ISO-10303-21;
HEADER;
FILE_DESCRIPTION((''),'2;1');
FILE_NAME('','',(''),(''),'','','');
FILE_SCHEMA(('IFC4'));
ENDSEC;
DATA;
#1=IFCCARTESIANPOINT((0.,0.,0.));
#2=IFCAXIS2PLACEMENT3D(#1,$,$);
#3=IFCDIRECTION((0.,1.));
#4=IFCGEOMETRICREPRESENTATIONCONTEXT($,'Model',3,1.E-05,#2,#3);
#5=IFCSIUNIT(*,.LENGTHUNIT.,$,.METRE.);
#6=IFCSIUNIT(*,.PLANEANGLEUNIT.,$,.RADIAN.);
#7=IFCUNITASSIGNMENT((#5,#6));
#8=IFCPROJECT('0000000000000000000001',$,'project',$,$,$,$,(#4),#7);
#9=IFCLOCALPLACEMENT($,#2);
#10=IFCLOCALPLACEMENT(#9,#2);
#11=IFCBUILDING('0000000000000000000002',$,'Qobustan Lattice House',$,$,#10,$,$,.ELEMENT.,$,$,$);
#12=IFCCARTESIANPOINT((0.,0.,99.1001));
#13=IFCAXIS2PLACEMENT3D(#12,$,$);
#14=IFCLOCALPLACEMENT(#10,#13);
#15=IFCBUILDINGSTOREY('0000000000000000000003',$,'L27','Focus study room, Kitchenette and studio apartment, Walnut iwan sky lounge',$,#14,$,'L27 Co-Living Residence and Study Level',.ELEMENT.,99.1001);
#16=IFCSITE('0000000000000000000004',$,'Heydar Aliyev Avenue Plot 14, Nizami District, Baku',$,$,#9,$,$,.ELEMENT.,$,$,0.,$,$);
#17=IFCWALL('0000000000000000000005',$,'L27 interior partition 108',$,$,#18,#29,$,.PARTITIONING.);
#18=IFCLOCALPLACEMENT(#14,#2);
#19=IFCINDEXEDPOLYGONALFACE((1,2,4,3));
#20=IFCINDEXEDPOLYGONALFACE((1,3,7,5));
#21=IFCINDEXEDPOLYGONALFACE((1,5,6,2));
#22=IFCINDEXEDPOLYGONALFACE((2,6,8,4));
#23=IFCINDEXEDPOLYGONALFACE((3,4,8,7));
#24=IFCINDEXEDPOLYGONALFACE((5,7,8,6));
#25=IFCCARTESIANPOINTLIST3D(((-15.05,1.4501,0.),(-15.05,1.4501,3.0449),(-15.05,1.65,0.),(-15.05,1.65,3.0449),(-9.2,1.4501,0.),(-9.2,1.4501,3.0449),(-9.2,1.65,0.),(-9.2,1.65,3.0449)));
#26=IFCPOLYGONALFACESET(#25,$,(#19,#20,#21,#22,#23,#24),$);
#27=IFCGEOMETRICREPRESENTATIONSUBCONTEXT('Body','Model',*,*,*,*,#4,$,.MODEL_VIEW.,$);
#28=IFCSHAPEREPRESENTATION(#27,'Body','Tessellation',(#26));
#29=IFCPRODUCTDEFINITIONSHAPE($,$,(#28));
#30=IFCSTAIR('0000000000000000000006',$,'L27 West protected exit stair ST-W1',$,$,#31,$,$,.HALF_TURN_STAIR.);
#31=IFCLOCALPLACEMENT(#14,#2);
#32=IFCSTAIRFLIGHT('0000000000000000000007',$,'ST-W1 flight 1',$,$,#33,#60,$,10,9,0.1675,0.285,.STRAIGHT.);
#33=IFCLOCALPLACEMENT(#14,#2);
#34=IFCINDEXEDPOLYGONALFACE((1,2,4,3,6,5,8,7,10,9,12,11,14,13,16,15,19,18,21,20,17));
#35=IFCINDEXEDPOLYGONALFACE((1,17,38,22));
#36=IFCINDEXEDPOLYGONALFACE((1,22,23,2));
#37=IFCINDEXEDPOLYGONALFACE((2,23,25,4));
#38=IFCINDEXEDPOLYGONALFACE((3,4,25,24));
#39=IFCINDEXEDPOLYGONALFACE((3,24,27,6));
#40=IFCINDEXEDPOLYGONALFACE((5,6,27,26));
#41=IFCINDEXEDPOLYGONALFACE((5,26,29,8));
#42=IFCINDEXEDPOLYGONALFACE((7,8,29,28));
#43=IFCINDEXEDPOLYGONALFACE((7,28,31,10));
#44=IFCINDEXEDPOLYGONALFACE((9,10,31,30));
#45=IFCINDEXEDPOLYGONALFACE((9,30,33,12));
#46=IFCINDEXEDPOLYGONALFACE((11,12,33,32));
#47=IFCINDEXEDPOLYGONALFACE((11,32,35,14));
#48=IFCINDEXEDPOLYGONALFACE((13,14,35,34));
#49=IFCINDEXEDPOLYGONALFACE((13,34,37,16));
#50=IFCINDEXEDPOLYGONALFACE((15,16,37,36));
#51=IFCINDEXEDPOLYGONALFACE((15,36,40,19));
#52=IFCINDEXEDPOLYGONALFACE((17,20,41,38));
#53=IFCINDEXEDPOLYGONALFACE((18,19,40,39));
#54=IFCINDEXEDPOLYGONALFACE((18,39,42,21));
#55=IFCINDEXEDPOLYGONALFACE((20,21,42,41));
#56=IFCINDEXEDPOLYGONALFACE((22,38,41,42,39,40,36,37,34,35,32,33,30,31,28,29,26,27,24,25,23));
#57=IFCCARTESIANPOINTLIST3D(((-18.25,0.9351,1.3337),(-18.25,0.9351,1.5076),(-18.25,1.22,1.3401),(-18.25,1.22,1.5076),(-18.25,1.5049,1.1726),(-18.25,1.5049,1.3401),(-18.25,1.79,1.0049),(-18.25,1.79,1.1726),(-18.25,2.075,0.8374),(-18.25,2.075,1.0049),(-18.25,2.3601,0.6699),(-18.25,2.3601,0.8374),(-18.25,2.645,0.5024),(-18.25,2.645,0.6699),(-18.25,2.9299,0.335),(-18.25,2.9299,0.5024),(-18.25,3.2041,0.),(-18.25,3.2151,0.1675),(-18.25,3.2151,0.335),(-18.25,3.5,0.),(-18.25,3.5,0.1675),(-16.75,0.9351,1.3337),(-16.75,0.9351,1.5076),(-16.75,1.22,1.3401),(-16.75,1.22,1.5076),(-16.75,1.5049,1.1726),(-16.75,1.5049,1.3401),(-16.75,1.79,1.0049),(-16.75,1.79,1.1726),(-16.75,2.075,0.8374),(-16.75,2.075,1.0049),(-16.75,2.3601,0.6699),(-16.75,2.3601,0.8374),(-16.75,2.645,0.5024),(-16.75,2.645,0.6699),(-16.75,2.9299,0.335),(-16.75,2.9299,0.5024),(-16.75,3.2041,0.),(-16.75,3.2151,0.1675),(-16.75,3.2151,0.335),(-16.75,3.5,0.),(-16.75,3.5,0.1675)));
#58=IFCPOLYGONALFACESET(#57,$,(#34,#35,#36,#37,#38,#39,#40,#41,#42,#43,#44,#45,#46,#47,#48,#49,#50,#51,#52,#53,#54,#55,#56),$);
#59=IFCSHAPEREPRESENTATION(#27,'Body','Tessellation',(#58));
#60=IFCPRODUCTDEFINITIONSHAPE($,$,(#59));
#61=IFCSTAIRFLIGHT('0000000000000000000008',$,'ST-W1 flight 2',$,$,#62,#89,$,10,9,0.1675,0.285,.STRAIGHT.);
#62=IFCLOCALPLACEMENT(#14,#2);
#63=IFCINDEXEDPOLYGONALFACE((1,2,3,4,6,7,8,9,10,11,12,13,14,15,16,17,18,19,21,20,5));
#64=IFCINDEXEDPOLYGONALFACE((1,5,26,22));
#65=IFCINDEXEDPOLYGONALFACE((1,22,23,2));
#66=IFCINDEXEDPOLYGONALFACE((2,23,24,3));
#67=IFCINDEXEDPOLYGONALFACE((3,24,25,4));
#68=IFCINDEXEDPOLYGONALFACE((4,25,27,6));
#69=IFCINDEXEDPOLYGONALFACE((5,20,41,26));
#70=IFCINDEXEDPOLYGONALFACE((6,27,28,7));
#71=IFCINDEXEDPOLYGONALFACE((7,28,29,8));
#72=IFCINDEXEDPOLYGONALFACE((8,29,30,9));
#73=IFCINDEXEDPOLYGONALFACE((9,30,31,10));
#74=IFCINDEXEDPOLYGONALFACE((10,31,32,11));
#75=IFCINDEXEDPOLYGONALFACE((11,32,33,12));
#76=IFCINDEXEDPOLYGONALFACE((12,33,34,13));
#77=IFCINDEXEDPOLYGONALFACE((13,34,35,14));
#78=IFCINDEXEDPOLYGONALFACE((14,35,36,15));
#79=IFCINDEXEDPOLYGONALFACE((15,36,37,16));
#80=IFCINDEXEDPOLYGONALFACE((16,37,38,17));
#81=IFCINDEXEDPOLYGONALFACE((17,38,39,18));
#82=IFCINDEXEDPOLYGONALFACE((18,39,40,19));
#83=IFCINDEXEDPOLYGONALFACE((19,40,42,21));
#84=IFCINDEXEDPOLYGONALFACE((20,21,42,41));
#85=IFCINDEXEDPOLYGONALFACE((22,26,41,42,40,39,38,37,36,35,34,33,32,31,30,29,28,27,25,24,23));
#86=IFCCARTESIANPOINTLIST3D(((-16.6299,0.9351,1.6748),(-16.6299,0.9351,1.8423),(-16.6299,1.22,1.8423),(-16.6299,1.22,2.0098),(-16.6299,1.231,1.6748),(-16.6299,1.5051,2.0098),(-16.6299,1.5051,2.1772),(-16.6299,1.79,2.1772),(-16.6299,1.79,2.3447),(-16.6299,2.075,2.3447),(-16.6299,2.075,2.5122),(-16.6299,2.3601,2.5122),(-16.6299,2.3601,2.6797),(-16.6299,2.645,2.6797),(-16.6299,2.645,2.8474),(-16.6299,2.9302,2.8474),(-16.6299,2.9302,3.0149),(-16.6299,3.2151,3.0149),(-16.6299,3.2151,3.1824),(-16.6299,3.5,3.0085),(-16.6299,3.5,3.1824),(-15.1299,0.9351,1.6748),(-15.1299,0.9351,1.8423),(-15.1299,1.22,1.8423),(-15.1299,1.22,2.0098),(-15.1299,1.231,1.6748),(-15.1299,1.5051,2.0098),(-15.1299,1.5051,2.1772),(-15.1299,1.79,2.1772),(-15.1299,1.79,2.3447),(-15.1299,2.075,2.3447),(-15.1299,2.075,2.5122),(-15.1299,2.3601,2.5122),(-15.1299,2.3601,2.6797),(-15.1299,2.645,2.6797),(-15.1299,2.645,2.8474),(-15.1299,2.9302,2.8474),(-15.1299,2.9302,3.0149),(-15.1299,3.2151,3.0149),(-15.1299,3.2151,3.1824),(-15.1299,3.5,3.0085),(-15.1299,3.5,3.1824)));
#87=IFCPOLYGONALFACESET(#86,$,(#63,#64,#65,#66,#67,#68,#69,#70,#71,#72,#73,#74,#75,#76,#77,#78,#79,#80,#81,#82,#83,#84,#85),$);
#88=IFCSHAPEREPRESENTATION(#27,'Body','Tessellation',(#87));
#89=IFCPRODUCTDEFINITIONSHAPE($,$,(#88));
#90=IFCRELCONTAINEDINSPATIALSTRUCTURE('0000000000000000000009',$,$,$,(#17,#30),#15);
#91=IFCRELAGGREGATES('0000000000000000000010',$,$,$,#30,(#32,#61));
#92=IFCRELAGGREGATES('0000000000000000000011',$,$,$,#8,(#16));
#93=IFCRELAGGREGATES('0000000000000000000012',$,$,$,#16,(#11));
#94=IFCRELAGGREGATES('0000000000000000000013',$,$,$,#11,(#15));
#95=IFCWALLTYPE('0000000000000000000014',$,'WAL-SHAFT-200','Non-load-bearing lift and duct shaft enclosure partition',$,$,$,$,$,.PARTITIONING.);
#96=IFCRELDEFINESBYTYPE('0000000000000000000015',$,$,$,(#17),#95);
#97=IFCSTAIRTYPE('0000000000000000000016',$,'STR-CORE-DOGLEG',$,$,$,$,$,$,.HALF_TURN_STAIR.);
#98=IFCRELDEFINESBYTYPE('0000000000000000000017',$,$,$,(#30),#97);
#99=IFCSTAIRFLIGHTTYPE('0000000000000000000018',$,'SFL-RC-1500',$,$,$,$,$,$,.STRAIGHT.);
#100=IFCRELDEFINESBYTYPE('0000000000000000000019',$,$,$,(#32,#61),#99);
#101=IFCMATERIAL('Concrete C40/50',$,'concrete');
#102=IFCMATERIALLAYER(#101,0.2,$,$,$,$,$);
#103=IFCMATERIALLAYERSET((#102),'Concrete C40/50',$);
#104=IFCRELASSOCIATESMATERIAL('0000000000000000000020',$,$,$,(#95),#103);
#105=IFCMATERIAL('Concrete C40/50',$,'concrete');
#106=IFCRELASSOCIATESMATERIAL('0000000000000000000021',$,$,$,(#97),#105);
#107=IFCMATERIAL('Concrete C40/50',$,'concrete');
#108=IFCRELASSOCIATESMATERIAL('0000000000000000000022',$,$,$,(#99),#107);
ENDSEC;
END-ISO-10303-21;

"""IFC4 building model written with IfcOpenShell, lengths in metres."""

from ifc_helpers import new_model, si_unit, direction, frame, frame_2d, origin, place, context, subcontext, project, spatial, polyline, rectangle, outline, extrude, material, layer, layer_set, type_object, element, aggregate, save


model = new_model("IFC4")

# Units and contexts
model_context = context("Model", 3, precision=1e-05, world=origin(), true_north=direction((0.0, 1.0)))
body_context = subcontext(model_context, "Body", "Model", "MODEL_VIEW")
ifc_project = project(units=[si_unit("LENGTHUNIT", "METRE"), si_unit("PLANEANGLEUNIT", "RADIAN")], contexts=[model_context])

# Site, building, storey
site_placement = place(None, origin())
site = spatial("IfcSite", under=ifc_project, at=site_placement, Name="Heydar Aliyev Avenue Plot 14, Nizami District, Baku", CompositionType="ELEMENT", RefElevation=0.0)
building_placement = place(site_placement, origin())
building = spatial("IfcBuilding", under=site, at=building_placement, Name="Qobustan Lattice House", CompositionType="ELEMENT")
storey_placement = place(building_placement, frame((0.0, 0.0, 99.1001)))
storey = spatial("IfcBuildingStorey", under=building, at=storey_placement, Name="L27", Description="Focus study room, Kitchenette and studio apartment, Walnut iwan sky lounge", LongName="L27 Co-Living Residence and Study Level", CompositionType="ELEMENT", Elevation=99.1001)

# Wall
ifc_material_1 = material(Name="Concrete C40/50", Category="concrete")
ifc_layer_1 = layer(ifc_material_1, 0.2)
ifc_layer_set_1 = layer_set([ifc_layer_1], Name="Concrete C40/50")
wall_type_1 = type_object("IfcWallType", Name="WAL-SHAFT-200", Description="Non-load-bearing lift and duct shaft enclosure partition", PredefinedType="PARTITIONING", material=ifc_layer_set_1)
wall_1_placement = place(storey_placement, frame((-15.05, 1.55, 0.0), z_axis=(0.0, 0.0, 1.0), x_axis=(1.0, 0.0, 0.0)))
element("IfcWall", 1, at=wall_1_placement, inside=storey, type_object=wall_type_1, Name="L27 interior partition 108", PredefinedType="PARTITIONING", context=body_context, shape_type="SweptSolid", body=[
    extrude(rectangle(XDim=5.8501, YDim=0.2, at=frame_2d((2.925, 0.0))), origin(), (0.0, 0.0, 1.0), 3.0449),
])

# Stair, stair flights
ifc_material_2 = material(Name="Concrete C40/50", Category="concrete")
stair_type = type_object("IfcStairType", Name="STR-CORE-DOGLEG", PredefinedType="HALF_TURN_STAIR", material=ifc_material_2)
stair_placement = place(storey_placement, origin())
stair = element("IfcStair", 2, at=stair_placement, inside=storey, type_object=stair_type, Name="L27 West protected exit stair ST-W1", PredefinedType="HALF_TURN_STAIR")
ifc_material_3 = material(Name="Concrete C40/50", Category="concrete")
stair_flight_type = type_object("IfcStairFlightType", Name="SFL-RC-1500", PredefinedType="STRAIGHT", material=ifc_material_3)
stair_flight_1_placement = place(storey_placement, frame((-17.5, 3.5, 0.0), z_axis=(0.0, 0.0, 1.0), x_axis=(0.0, -1.0, 0.0)))
stair_flight_1 = element("IfcStairFlight", 3, at=stair_flight_1_placement, type_object=stair_flight_type, Name="ST-W1 flight 1", NumberOfRisers=10, NumberOfTreads=9, PredefinedType="STRAIGHT", RiserHeight=0.1675, TreadLength=0.285, context=body_context, shape_type="SweptSolid", body=[
    extrude(outline(polyline([(0.0, 0.0), (0.0, 0.1675), (0.2849, 0.1675), (0.2849, 0.335), (0.5701, 0.335), (0.5701, 0.5024), (0.855, 0.5024), (0.855, 0.6699), (1.1399, 0.6699), (1.1399, 0.8374), (1.425, 0.8374), (1.425, 1.0049), (1.71, 1.0049), (1.71, 1.1726), (1.9951, 1.1726), (1.9951, 1.3401), (2.28, 1.3401), (2.28, 1.5076), (2.5649, 1.5076), (2.5649, 1.675), (2.5649, 1.3337), (0.2959, 0.0), (0.0, 0.0)])), frame((0.0, 0.75, 0.0), z_axis=(0.0, -1.0, 0.0), x_axis=(1.0, 0.0, 0.0)), (0.0, 0.0, 1.0), 1.5),
])
stair_flight_2_placement = place(storey_placement, frame((-15.8799, 0.9351, 1.6748), z_axis=(0.0, 0.0, 1.0), x_axis=(0.0, 1.0, 0.0)))
stair_flight_2 = element("IfcStairFlight", 4, at=stair_flight_2_placement, type_object=stair_flight_type, Name="ST-W1 flight 2", NumberOfRisers=10, NumberOfTreads=9, PredefinedType="STRAIGHT", RiserHeight=0.1675, TreadLength=0.285, context=body_context, shape_type="SweptSolid", body=[
    extrude(outline(polyline([(0.0, 0.0), (0.0, 0.1675), (0.2849, 0.1675), (0.2849, 0.335), (0.5701, 0.335), (0.5701, 0.5024), (0.855, 0.5024), (0.855, 0.6699), (1.1399, 0.6699), (1.1399, 0.8374), (1.425, 0.8374), (1.425, 1.0049), (1.71, 1.0049), (1.71, 1.1726), (1.9951, 1.1726), (1.9951, 1.3401), (2.28, 1.3401), (2.28, 1.5076), (2.5649, 1.5076), (2.5649, 1.675), (2.5649, 1.3337), (0.2959, 0.0), (0.0, 0.0)])), frame((0.0, 0.75, 0.0), z_axis=(0.0, -1.0, 0.0), x_axis=(1.0, 0.0, 0.0)), (0.0, 0.0, 1.0), 1.5),
])
aggregate(stair, [stair_flight_1, stair_flight_2])

save(model, "model.ifc")
